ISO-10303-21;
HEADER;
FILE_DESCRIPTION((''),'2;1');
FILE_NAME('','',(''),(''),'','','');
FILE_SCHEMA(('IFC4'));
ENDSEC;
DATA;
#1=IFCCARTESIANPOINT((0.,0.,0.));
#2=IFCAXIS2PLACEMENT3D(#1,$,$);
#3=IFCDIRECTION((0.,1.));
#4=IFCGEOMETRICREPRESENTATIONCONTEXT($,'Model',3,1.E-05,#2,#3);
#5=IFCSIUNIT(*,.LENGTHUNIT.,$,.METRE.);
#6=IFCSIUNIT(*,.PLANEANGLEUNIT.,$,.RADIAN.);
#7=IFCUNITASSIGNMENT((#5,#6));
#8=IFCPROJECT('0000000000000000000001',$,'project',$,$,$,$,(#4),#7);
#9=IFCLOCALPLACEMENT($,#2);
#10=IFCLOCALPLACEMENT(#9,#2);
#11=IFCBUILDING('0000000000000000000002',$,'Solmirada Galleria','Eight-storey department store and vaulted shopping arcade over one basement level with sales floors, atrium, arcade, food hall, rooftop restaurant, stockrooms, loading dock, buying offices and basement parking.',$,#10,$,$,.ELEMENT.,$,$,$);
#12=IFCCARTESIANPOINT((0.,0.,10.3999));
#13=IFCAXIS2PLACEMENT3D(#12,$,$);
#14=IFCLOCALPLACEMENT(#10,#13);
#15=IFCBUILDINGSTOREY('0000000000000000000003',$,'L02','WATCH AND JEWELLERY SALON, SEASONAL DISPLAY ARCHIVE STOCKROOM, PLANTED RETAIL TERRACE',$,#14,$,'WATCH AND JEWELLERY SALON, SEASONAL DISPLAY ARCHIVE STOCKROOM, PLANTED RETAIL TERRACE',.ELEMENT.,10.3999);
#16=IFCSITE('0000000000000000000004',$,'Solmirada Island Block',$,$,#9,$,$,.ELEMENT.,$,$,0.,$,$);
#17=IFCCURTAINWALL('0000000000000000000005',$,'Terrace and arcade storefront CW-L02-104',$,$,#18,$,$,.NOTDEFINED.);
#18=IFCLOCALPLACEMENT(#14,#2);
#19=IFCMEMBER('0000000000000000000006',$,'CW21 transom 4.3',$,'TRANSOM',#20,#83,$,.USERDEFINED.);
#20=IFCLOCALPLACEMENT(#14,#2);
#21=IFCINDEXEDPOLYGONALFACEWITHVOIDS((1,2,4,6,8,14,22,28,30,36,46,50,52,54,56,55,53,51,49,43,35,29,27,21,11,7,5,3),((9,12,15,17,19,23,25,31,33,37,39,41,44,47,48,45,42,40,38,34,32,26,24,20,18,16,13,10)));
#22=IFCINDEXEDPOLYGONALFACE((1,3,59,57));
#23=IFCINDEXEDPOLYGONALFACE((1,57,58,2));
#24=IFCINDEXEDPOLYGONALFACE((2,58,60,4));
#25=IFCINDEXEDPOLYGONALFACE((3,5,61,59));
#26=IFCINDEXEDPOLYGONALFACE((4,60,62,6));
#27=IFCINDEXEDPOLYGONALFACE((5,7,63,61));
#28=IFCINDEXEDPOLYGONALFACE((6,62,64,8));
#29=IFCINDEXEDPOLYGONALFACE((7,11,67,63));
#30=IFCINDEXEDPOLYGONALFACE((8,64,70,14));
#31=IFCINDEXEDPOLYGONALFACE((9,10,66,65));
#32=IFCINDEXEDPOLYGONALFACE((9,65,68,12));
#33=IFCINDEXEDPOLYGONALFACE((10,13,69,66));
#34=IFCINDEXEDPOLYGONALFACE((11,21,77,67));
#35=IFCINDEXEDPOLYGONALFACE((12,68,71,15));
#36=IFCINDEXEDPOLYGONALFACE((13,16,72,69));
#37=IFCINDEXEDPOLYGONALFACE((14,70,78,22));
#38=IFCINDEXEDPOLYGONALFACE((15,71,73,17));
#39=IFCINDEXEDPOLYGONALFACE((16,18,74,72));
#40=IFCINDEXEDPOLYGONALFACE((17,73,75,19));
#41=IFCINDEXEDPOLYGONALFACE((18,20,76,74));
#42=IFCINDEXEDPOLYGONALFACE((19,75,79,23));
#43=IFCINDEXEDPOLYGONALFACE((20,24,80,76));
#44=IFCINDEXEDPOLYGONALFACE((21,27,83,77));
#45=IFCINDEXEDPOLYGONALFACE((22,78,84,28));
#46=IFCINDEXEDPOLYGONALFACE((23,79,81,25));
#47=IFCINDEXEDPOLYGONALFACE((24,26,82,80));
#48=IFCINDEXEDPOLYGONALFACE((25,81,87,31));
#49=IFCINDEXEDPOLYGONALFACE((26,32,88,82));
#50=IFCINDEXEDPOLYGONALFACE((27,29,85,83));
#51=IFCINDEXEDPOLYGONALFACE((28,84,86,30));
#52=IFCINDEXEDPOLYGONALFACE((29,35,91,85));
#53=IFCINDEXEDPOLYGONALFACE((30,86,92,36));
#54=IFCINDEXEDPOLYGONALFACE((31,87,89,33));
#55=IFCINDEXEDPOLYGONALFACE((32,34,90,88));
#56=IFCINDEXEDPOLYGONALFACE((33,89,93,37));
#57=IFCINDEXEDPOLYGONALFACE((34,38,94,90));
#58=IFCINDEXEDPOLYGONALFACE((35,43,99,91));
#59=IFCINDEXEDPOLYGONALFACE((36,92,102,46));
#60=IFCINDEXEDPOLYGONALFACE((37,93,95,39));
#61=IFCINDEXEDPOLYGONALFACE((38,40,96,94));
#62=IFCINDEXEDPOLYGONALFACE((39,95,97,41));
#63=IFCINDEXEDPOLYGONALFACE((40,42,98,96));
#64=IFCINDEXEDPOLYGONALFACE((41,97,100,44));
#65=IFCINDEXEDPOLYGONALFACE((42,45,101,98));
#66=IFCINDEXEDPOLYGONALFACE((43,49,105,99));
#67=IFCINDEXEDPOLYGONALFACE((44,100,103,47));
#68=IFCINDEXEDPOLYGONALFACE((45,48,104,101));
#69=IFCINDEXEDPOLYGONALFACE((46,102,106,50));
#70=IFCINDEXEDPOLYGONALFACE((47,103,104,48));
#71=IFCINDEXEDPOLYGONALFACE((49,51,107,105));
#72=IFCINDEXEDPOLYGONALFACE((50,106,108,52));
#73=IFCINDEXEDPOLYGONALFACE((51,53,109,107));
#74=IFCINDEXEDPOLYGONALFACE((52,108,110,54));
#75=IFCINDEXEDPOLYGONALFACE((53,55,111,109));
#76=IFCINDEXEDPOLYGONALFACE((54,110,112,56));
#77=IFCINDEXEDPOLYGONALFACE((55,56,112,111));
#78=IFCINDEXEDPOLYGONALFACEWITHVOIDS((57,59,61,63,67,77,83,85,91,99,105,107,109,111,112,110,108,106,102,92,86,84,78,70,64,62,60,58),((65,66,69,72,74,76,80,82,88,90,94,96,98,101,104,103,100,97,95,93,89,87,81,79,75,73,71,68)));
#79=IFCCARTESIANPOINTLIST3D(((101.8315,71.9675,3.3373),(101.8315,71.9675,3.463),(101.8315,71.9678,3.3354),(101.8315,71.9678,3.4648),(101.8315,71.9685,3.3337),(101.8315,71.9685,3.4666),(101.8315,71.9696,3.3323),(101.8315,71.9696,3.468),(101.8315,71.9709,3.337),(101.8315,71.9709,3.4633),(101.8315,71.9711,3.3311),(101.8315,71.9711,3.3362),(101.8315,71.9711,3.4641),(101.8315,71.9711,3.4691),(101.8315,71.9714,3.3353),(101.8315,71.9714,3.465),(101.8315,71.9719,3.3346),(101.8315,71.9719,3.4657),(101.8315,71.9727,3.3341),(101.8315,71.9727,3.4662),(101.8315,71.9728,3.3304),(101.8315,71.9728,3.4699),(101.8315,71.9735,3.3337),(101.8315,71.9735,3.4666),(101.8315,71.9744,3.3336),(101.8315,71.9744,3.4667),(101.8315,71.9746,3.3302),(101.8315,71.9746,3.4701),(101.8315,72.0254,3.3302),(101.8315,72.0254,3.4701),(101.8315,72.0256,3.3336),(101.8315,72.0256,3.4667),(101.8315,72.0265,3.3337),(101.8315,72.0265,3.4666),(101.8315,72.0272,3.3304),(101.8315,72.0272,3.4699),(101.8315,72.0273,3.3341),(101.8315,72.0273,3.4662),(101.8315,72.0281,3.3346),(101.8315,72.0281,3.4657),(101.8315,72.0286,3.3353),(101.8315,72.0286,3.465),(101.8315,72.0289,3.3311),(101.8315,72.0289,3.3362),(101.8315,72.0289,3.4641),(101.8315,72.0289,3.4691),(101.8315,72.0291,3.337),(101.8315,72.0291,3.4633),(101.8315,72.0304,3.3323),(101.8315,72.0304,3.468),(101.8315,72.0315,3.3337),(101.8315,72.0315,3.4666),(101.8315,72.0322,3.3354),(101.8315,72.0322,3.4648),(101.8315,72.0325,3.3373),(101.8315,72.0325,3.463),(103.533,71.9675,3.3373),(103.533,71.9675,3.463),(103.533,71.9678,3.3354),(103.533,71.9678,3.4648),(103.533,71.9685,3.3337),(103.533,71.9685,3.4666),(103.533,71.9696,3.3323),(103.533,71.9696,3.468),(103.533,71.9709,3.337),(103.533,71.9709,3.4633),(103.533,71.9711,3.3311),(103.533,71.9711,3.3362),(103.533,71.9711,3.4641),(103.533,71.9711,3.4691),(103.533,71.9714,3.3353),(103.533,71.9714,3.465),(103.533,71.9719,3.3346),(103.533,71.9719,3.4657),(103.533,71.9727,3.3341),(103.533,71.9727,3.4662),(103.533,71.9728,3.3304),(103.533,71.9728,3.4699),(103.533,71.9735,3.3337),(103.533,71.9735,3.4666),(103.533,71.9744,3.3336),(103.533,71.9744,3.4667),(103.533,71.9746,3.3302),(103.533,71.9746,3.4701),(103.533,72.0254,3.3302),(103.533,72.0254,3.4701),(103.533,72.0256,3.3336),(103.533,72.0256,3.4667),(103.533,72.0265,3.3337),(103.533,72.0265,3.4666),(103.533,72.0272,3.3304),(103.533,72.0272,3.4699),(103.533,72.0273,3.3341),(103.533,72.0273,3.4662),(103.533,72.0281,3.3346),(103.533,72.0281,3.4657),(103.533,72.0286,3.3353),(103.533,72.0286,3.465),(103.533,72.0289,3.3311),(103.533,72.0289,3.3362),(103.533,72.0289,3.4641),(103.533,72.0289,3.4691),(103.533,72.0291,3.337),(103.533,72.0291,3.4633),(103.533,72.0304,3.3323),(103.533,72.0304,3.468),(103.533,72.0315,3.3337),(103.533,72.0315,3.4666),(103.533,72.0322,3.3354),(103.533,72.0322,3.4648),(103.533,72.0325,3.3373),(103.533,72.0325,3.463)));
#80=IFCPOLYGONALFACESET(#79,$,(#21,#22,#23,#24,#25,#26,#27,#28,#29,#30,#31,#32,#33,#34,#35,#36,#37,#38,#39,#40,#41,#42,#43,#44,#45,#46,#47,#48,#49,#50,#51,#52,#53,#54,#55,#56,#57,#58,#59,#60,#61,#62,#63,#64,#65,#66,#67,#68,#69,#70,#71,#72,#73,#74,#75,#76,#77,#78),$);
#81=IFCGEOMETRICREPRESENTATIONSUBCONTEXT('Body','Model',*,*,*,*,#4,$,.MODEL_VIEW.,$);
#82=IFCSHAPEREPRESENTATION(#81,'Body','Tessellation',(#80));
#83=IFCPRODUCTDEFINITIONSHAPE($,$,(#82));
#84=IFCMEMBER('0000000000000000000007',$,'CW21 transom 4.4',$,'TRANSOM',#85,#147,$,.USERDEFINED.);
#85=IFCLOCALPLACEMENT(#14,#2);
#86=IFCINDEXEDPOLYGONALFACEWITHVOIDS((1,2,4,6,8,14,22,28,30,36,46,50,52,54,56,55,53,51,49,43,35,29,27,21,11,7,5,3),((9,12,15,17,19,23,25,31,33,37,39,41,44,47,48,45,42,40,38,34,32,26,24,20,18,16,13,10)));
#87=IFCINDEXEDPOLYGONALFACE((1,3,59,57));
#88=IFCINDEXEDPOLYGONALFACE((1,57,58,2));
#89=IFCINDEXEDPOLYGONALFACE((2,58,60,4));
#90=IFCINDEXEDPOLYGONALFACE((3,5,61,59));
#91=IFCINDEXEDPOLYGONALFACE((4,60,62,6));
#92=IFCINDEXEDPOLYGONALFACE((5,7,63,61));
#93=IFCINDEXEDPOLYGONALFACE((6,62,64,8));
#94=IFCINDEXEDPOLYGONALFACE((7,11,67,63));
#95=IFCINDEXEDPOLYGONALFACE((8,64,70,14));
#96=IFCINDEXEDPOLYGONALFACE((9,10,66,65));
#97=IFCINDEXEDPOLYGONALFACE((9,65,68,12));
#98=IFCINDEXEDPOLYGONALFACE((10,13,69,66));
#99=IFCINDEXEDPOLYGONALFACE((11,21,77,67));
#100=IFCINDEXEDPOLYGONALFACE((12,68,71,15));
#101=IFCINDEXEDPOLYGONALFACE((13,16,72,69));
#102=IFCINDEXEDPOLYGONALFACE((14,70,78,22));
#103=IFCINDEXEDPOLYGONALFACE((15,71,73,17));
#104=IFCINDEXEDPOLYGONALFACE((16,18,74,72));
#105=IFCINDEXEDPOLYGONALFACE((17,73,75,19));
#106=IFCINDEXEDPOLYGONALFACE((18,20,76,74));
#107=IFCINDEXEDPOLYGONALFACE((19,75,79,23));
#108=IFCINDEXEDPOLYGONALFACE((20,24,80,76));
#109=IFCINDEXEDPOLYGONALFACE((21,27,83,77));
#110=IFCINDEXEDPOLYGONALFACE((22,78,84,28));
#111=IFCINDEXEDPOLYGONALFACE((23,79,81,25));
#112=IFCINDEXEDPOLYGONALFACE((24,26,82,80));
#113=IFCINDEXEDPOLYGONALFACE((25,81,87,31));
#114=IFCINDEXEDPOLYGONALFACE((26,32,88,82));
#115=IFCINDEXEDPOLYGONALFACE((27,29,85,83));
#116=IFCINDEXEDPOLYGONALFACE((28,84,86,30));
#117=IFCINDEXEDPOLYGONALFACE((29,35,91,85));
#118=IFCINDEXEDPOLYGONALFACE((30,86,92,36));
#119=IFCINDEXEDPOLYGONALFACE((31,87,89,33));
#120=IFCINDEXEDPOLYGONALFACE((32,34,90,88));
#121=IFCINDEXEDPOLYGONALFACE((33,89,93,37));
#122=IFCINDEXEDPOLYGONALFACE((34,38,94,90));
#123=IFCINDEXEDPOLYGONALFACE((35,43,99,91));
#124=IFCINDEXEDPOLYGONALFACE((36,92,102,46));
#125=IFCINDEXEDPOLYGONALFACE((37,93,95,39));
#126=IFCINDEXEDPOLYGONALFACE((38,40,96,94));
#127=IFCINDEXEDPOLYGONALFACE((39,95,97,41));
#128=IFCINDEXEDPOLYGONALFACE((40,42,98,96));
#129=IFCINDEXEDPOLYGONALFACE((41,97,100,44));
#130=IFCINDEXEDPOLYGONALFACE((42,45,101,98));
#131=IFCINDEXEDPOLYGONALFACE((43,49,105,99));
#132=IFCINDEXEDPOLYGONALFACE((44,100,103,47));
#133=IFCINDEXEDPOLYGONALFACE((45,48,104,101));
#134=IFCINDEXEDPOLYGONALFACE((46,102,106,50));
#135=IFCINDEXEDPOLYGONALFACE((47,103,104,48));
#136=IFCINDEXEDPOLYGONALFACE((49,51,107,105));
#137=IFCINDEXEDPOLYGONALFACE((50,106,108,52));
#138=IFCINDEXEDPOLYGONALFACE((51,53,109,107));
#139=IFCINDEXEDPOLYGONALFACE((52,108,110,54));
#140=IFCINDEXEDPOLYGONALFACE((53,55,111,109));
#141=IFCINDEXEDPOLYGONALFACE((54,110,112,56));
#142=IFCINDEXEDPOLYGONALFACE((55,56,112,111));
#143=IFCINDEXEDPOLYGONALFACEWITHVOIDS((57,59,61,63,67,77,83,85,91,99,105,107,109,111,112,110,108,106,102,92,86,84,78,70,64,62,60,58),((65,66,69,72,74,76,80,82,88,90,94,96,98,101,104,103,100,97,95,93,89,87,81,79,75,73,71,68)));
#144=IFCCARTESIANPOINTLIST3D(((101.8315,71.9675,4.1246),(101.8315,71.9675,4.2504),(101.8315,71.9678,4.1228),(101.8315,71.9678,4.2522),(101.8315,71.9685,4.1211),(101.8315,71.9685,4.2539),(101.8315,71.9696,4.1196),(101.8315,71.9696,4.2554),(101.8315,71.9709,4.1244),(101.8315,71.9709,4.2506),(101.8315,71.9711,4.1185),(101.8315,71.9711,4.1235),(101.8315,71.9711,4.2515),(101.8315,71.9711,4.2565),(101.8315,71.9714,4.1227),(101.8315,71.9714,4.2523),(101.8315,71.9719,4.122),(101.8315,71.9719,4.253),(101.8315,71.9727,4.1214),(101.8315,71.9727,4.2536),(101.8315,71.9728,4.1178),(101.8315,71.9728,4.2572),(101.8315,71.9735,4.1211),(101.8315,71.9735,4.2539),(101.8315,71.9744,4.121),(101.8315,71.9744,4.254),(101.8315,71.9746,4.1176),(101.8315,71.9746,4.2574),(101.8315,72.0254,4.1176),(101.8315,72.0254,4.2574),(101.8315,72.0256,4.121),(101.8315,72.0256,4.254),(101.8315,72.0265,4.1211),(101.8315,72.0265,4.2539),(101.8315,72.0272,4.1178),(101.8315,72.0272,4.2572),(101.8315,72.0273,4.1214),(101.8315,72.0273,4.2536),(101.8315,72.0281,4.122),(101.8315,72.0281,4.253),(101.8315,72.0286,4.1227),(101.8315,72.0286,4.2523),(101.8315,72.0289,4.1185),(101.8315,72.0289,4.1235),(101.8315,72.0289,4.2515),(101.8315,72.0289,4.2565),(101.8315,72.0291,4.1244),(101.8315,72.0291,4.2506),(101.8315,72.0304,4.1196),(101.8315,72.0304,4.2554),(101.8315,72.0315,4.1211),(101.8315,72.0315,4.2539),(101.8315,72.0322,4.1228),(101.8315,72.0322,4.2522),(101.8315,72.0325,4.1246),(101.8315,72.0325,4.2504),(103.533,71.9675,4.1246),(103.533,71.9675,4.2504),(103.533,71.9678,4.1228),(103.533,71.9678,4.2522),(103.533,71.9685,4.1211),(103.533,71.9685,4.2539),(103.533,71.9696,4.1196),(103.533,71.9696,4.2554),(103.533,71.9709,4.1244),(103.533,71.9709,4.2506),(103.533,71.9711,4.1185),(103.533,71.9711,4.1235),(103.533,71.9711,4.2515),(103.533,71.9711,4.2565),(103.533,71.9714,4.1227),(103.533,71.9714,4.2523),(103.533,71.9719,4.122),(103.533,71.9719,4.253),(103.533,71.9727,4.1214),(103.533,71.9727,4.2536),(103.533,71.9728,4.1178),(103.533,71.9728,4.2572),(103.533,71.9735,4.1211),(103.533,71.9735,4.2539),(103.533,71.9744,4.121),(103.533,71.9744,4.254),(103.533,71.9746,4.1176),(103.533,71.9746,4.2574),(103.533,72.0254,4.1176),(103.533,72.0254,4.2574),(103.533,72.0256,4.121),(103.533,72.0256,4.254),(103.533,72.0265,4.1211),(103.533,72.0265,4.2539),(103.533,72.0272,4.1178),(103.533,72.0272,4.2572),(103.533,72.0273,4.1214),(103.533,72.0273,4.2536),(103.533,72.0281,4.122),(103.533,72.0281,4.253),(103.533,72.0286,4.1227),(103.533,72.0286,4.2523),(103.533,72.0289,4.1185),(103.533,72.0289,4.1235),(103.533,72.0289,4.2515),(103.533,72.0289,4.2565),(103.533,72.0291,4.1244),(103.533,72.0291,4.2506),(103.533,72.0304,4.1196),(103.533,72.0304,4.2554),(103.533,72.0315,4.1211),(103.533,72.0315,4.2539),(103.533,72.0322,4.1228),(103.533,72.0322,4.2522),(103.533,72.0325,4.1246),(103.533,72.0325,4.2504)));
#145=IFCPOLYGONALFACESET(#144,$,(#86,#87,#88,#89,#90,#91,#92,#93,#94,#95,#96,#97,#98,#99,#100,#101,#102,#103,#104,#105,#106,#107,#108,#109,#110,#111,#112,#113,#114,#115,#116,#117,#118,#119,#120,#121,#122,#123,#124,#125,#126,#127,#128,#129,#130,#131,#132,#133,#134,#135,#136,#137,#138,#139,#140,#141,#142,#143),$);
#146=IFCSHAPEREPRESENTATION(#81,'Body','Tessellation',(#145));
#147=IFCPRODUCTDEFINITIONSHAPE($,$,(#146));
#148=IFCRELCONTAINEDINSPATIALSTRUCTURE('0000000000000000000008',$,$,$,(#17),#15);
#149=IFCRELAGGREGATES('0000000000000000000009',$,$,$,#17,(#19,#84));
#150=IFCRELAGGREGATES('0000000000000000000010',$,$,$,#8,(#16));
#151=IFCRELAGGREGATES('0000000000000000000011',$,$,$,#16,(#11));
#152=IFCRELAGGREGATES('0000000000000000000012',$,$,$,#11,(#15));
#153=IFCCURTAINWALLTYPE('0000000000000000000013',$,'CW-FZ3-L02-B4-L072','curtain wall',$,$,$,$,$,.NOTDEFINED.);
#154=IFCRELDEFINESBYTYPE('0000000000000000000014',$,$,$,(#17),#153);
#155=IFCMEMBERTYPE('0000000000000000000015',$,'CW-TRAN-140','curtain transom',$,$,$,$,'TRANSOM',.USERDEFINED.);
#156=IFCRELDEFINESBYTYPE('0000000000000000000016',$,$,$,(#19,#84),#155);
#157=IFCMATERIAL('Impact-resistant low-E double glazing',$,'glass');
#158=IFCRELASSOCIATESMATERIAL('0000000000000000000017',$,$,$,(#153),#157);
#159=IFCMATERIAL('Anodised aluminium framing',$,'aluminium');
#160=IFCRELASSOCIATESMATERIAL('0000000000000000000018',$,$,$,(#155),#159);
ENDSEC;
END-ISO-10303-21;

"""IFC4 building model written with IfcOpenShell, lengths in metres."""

from ifc_helpers import new_model, si_unit, direction, frame, origin, origin_2d, place, context, subcontext, project, spatial, hollow_rectangle, extrude, material, material_profile, profile_set, type_object, element, aggregate, save


model = new_model("IFC4")

# Units and contexts
model_context = context("Model", 3, precision=1e-05, world=origin(), true_north=direction((0.0, 1.0)))
body_context = subcontext(model_context, "Body", "Model", "MODEL_VIEW")
ifc_project = project(units=[si_unit("LENGTHUNIT", "METRE"), si_unit("PLANEANGLEUNIT", "RADIAN")], contexts=[model_context])

# Site, building, storey
site_placement = place(None, origin())
site = spatial("IfcSite", under=ifc_project, at=site_placement, Name="Solmirada Island Block", CompositionType="ELEMENT", RefElevation=0.0)
building_placement = place(site_placement, origin())
building = spatial("IfcBuilding", under=site, at=building_placement, Name="Solmirada Galleria", Description="Eight-storey department store and vaulted shopping arcade over one basement level with sales floors, atrium, arcade, food hall, rooftop restaurant, stockrooms, loading dock, buying offices and basement parking.", CompositionType="ELEMENT")
storey_placement = place(building_placement, frame((0.0, 0.0, 10.3999)))
storey = spatial("IfcBuildingStorey", under=building, at=storey_placement, Name="L02", Description="WATCH AND JEWELLERY SALON, SEASONAL DISPLAY ARCHIVE STOCKROOM, PLANTED RETAIL TERRACE", LongName="WATCH AND JEWELLERY SALON, SEASONAL DISPLAY ARCHIVE STOCKROOM, PLANTED RETAIL TERRACE", CompositionType="ELEMENT", Elevation=10.3999)

# Curtain wall
ifc_material_1 = material(Name="Impact-resistant low-E double glazing", Category="glass")
curtain_wall_type = type_object("IfcCurtainWallType", Name="CW-FZ3-L02-B4-L072", Description="curtain wall", PredefinedType="NOTDEFINED", material=ifc_material_1)
curtain_wall_1_placement = place(storey_placement, origin())
curtain_wall_1 = element("IfcCurtainWall", 1, at=curtain_wall_1_placement, inside=storey, type_object=curtain_wall_type, Name="Terrace and arcade storefront CW-L02-104", PredefinedType="NOTDEFINED")
ifc_material_2 = material(Name="Anodised aluminium framing", Category="aluminium")

# Members
ifc_material_profile_1 = material_profile(ifc_material_2, hollow_rectangle(XDim=0.0649, YDim=0.1399, WallThickness=0.0034, InnerFilletRadius=0.0034, OuterFilletRadius=0.0071, at=origin_2d()), Name="ALU-TRAN-140X65")
ifc_profile_set_1 = profile_set([ifc_material_profile_1], Name="Anodised aluminium framing")
member_type_1 = type_object("IfcMemberType", Name="CW-TRAN-140", Description="curtain transom", ElementType="TRANSOM", PredefinedType="USERDEFINED", material=ifc_profile_set_1)
member_1_placement = place(storey_placement, frame((101.8315, 72.0, 3.4001), z_axis=(1.0, 0.0, 0.0), x_axis=(0.0, 1.0, 0.0)))
member_1 = element("IfcMember", 2, at=member_1_placement, type_object=member_type_1, Name="CW21 transom 4.3", ObjectType="TRANSOM", PredefinedType="USERDEFINED", context=body_context, shape_type="SweptSolid", body=[
    extrude(hollow_rectangle(XDim=0.0649, YDim=0.1399, WallThickness=0.0034, InnerFilletRadius=0.0034, OuterFilletRadius=0.0071, at=origin_2d()), origin(), (0.0, 0.0, 1.0), 1.7014),
])
member_2_placement = place(storey_placement, frame((101.8315, 72.0, 4.1875), z_axis=(1.0, 0.0, 0.0), x_axis=(0.0, 1.0, 0.0)))
member_2 = element("IfcMember", 3, at=member_2_placement, type_object=member_type_1, Name="CW21 transom 4.4", ObjectType="TRANSOM", PredefinedType="USERDEFINED", context=body_context, shape_type="SweptSolid", body=[
    extrude(hollow_rectangle(XDim=0.0649, YDim=0.1399, WallThickness=0.0034, InnerFilletRadius=0.0034, OuterFilletRadius=0.0071, at=origin_2d()), origin(), (0.0, 0.0, 1.0), 1.7014),
])

aggregate(curtain_wall_1, [member_1, member_2])

save(model, "model.ifc")
